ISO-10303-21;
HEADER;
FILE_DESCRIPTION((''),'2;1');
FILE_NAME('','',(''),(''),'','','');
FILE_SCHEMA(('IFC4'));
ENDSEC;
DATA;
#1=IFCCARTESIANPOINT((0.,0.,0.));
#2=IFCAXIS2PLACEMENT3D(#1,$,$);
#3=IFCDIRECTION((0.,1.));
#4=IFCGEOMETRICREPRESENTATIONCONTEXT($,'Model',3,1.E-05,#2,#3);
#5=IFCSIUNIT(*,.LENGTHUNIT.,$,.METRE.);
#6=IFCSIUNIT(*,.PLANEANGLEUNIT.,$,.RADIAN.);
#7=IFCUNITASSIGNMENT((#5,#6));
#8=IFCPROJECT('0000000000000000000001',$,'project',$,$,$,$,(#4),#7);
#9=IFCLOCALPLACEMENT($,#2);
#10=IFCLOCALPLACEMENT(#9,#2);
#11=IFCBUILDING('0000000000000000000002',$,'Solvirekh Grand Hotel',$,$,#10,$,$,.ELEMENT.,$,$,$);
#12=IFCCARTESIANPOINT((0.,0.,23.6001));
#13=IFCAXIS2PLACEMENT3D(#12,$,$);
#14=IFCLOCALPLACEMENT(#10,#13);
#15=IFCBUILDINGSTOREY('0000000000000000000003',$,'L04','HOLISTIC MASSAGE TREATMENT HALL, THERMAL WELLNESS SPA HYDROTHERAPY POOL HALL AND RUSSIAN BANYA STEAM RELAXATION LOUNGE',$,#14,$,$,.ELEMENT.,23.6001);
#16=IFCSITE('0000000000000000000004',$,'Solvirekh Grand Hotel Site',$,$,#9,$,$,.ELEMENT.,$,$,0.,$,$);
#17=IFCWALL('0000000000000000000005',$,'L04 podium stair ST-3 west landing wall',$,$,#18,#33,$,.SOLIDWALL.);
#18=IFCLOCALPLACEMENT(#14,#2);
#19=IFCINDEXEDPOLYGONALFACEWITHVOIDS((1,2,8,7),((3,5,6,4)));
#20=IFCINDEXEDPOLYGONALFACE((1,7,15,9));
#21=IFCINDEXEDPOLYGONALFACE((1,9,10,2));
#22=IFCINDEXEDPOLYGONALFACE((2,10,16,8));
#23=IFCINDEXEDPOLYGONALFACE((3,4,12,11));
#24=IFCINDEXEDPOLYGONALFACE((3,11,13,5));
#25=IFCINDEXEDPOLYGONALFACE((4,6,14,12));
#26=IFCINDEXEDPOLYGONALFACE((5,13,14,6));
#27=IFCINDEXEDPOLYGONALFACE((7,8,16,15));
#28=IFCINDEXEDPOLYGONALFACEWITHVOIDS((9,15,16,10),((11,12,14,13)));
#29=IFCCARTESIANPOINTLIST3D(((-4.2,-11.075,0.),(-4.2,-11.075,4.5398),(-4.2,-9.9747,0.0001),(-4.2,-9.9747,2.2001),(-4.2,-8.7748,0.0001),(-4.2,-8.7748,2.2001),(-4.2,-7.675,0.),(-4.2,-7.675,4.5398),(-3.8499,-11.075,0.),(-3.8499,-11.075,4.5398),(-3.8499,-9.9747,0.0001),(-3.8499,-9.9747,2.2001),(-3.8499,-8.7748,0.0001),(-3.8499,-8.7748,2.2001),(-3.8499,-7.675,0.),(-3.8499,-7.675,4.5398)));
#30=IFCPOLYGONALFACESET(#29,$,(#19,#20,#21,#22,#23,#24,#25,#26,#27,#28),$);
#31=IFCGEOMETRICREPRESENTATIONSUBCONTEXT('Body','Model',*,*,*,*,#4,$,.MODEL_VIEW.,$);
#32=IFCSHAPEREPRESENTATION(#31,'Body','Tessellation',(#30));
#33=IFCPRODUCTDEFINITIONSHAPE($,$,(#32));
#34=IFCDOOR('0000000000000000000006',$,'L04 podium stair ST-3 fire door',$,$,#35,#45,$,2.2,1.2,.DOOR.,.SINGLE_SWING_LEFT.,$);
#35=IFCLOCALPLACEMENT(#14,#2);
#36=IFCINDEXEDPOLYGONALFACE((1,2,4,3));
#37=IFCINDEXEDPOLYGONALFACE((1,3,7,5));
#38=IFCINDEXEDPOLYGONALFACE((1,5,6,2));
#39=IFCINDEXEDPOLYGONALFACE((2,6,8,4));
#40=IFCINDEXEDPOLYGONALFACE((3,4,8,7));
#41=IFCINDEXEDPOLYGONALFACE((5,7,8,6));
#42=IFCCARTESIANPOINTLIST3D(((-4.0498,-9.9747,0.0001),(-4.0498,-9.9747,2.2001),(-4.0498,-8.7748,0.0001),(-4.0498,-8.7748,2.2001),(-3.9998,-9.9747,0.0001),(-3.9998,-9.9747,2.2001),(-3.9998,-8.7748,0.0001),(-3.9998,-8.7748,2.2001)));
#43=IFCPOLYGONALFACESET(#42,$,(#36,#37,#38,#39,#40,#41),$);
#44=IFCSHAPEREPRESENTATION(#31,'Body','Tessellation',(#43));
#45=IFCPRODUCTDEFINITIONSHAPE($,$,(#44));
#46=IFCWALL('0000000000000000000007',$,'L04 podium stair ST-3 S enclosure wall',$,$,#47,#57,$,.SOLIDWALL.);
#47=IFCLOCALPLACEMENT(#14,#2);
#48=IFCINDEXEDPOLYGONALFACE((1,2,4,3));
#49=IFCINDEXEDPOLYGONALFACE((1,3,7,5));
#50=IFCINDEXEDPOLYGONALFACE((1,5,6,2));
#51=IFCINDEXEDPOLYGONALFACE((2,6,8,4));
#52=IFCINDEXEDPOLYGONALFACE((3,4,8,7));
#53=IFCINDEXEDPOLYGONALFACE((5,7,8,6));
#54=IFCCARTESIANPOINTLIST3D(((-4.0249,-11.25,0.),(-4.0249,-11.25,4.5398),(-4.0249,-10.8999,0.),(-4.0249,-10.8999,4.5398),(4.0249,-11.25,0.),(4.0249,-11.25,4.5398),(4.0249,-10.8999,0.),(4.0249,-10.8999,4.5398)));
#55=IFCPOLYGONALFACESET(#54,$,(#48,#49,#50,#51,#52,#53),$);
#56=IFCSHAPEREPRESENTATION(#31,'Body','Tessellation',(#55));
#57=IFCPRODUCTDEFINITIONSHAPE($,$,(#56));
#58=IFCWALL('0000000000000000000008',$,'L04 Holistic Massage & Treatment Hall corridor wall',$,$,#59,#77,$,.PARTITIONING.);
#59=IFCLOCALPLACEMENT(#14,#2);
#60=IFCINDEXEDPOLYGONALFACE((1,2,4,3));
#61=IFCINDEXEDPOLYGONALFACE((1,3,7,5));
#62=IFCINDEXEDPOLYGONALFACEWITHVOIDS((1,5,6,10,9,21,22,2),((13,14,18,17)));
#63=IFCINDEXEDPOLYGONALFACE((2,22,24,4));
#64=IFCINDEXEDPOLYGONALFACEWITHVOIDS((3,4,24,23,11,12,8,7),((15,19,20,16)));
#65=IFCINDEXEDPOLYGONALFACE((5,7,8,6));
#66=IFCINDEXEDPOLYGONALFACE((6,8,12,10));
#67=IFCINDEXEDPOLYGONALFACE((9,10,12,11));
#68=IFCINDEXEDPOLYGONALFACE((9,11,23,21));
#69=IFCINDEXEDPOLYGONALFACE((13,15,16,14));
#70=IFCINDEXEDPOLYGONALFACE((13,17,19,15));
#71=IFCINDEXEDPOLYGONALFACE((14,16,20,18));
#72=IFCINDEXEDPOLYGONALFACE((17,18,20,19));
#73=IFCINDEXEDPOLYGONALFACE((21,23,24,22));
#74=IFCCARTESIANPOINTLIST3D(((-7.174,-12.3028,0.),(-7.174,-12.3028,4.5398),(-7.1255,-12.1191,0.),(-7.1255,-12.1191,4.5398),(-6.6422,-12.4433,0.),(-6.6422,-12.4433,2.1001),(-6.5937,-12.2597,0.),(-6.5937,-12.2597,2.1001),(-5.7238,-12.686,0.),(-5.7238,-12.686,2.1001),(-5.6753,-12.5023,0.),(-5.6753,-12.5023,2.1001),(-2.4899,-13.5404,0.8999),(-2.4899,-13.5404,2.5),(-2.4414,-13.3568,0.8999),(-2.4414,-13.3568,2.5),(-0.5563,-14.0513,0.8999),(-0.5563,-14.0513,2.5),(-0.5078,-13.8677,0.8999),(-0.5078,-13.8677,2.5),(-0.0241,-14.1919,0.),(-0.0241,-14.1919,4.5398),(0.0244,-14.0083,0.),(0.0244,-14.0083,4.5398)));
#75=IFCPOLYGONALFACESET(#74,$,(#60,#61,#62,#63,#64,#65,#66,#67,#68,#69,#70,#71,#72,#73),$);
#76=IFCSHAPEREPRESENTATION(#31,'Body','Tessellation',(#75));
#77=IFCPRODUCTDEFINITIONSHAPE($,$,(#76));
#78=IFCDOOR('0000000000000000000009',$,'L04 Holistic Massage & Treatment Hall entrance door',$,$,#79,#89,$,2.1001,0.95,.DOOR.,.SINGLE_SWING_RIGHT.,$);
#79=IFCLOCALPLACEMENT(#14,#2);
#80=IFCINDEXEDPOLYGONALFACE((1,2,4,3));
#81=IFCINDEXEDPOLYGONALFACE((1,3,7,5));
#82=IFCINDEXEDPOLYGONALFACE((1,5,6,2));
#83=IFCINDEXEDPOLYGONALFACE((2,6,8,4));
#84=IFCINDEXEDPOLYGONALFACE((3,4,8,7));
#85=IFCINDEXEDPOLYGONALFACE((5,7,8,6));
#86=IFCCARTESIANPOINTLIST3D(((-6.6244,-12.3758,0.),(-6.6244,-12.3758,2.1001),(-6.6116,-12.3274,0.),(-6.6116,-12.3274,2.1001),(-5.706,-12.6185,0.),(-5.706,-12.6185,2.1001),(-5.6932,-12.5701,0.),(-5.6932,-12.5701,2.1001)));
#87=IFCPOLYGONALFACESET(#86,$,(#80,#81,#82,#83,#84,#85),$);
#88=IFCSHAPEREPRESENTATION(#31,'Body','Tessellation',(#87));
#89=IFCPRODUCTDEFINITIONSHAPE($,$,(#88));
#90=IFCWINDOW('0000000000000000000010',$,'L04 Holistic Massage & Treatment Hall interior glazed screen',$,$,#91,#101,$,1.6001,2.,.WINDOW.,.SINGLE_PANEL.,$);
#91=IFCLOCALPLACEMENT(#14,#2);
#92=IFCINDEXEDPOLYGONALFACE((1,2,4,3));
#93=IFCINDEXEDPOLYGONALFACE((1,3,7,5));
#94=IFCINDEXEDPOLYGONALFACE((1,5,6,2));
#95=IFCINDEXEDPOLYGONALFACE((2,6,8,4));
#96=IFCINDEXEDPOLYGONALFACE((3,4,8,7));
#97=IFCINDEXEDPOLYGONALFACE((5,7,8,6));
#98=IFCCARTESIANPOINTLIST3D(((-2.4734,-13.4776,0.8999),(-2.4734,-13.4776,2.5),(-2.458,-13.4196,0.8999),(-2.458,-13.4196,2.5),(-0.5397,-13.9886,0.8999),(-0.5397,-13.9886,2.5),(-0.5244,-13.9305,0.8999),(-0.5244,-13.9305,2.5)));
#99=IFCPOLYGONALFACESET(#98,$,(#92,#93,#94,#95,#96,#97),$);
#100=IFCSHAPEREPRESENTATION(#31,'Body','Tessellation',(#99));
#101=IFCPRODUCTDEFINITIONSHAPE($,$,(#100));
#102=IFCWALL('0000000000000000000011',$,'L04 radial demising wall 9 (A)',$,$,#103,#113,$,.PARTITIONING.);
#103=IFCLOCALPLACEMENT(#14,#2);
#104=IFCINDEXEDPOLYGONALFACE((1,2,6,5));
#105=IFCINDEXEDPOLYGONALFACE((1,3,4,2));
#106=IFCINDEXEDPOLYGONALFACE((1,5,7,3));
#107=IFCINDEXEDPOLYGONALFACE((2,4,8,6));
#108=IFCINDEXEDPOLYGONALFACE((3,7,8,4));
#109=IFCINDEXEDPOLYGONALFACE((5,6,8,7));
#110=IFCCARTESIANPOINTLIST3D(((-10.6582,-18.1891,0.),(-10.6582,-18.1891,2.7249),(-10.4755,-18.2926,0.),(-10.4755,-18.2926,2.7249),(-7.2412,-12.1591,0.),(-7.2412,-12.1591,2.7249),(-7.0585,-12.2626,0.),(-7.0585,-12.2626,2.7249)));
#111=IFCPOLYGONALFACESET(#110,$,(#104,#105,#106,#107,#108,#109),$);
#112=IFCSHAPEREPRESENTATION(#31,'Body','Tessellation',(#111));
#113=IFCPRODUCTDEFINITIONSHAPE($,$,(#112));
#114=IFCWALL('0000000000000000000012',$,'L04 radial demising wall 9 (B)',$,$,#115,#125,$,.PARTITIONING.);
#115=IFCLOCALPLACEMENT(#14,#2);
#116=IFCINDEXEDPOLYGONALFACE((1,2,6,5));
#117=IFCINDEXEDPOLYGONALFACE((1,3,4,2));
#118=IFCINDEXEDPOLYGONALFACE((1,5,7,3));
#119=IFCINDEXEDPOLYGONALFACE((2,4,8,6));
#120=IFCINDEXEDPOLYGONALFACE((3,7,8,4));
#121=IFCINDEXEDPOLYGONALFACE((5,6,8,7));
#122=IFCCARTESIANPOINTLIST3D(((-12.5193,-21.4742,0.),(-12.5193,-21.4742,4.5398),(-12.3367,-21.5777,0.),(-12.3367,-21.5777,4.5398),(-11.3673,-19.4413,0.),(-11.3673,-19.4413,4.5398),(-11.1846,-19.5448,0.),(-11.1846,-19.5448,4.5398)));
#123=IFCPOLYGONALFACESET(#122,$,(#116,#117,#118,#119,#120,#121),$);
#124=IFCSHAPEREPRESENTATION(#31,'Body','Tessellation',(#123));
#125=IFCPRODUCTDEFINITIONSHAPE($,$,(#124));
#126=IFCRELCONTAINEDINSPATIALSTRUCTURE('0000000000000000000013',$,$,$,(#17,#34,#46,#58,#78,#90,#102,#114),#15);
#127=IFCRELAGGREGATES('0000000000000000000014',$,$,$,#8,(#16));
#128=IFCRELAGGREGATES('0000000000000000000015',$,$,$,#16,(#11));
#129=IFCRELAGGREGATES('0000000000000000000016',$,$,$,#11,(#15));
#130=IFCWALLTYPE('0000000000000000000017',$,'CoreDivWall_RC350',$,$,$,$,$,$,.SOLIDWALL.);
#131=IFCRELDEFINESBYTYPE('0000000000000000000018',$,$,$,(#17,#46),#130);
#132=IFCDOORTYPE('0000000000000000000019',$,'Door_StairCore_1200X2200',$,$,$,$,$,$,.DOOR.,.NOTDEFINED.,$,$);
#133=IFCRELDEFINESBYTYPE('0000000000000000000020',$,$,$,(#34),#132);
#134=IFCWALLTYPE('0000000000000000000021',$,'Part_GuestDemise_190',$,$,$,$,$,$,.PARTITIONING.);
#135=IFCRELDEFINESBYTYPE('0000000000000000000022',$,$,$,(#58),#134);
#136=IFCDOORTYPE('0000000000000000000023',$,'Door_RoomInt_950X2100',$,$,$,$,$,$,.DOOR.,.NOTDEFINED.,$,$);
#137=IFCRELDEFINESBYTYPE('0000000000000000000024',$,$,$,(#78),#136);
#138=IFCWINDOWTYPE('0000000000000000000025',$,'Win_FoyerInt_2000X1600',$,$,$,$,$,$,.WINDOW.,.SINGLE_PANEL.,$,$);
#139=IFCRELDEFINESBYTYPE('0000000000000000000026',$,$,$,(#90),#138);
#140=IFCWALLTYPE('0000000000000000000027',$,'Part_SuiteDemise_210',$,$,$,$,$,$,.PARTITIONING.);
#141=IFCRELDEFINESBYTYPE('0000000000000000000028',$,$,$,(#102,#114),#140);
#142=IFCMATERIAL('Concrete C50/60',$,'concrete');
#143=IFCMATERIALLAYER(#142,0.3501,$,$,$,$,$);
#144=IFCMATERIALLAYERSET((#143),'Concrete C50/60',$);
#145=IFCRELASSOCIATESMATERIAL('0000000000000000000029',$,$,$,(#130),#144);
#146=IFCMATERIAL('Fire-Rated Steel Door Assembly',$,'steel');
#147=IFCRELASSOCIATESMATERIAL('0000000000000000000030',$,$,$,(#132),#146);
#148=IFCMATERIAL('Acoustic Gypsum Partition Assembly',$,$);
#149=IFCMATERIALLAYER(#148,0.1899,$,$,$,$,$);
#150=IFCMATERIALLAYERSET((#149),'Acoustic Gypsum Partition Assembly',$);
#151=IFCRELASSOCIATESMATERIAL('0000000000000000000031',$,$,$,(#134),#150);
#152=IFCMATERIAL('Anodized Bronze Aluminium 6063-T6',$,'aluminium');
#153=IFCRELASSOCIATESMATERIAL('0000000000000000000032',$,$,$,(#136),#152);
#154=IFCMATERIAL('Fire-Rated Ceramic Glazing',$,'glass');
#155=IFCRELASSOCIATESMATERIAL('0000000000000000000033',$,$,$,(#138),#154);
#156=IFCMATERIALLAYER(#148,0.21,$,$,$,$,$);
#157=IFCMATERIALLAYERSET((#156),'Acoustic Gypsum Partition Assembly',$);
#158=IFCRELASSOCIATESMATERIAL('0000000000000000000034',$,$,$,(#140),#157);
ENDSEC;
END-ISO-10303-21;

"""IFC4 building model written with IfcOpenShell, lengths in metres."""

from ifc_helpers import new_model, si_unit, direction, frame, frame_2d, origin, place, context, subcontext, project, spatial, rectangle, extrude, material, layer, layer_set, type_object, element, fill, save


model = new_model("IFC4")

# Units and contexts
model_context = context("Model", 3, precision=1e-05, world=origin(), true_north=direction((0.0, 1.0)))
body_context = subcontext(model_context, "Body", "Model", "MODEL_VIEW")
ifc_project = project(units=[si_unit("LENGTHUNIT", "METRE"), si_unit("PLANEANGLEUNIT", "RADIAN")], contexts=[model_context])

# Site, building, storey
site_placement = place(None, origin())
site = spatial("IfcSite", under=ifc_project, at=site_placement, Name="Solvirekh Grand Hotel Site", CompositionType="ELEMENT", RefElevation=0.0)
building_placement = place(site_placement, origin())
building = spatial("IfcBuilding", under=site, at=building_placement, Name="Solvirekh Grand Hotel", CompositionType="ELEMENT")
storey_placement = place(building_placement, frame((0.0, 0.0, 23.6001)))
storey = spatial("IfcBuildingStorey", under=building, at=storey_placement, Name="L04", Description="HOLISTIC MASSAGE TREATMENT HALL, THERMAL WELLNESS SPA HYDROTHERAPY POOL HALL AND RUSSIAN BANYA STEAM RELAXATION LOUNGE", CompositionType="ELEMENT", Elevation=23.6001)

# Shared definitions
ifc_material_1 = material(Name="Anodized Bronze Aluminium 6063-T6", Category="aluminium")

# Wall, opening, door
ifc_material_2 = material(Name="Concrete C50/60", Category="concrete")
ifc_layer_1 = layer(ifc_material_2, 0.3501)
ifc_layer_set_1 = layer_set([ifc_layer_1], Name="Concrete C50/60")
wall_type_1 = type_object("IfcWallType", Name="CoreDivWall_RC350", PredefinedType="SOLIDWALL", material=ifc_layer_set_1)
wall_1_placement = place(storey_placement, frame((-4.0249, -11.075, 0.0), z_axis=(0.0, 0.0, 1.0), x_axis=(0.0, 1.0, 0.0)))
wall_1 = element("IfcWall", 1, at=wall_1_placement, inside=storey, type_object=wall_type_1, Name="L04 podium stair ST-3 west landing wall", PredefinedType="SOLIDWALL", context=body_context, shape_type="SweptSolid", body=[
    extrude(rectangle(XDim=3.3999, YDim=0.3501, at=frame_2d((1.7, 0.0))), origin(), (0.0, 0.0, 1.0), 4.5398),
])
opening_1_placement = place(wall_1_placement, frame((1.1001, 0.0, 0.0)))
opening_1 = element("IfcOpeningElement", 2, at=opening_1_placement, cuts=wall_1, PredefinedType="OPENING", context=body_context, shape_type="SweptSolid", body=[
    extrude(rectangle(XDim=1.2, YDim=2.2, at=frame_2d((0.6001, 1.1001))), frame((0.0, 0.1851, 0.0), z_axis=(0.0, -1.0, 0.0), x_axis=(1.0, 0.0, 0.0)), (0.0, 0.0, 1.0), 0.3701),
])
ifc_material_3 = material(Name="Fire-Rated Steel Door Assembly", Category="steel")
door_type_1 = type_object("IfcDoorType", Name="Door_StairCore_1200X2200", OperationType="NOTDEFINED", PredefinedType="DOOR", material=ifc_material_3)
door_1_placement = place(opening_1_placement, origin())
door_1 = element("IfcDoor", 3, at=door_1_placement, inside=storey, type_object=door_type_1, Name="L04 podium stair ST-3 fire door", OperationType="SINGLE_SWING_LEFT", OverallHeight=2.2, OverallWidth=1.2, PredefinedType="DOOR", context=body_context, shape_type="SweptSolid", body=[
    extrude(rectangle(XDim=1.2, YDim=2.2, at=frame_2d((0.6001, 1.1001))), frame((0.0, 0.0249, 0.0), z_axis=(0.0, -1.0, 0.0), x_axis=(1.0, 0.0, 0.0)), (0.0, 0.0, 1.0), 0.05),
])
fill(opening_1, door_1)

# Wall
wall_2_placement = place(storey_placement, frame((-4.0249, -11.075, 0.0), z_axis=(0.0, 0.0, 1.0), x_axis=(1.0, 0.0, 0.0)))
element("IfcWall", 4, at=wall_2_placement, inside=storey, type_object=wall_type_1, Name="L04 podium stair ST-3 S enclosure wall", PredefinedType="SOLIDWALL", context=body_context, shape_type="SweptSolid", body=[
    extrude(rectangle(XDim=8.0498, YDim=0.3501, at=frame_2d((4.0249, 0.0))), origin(), (0.0, 0.0, 1.0), 4.5398),
])

# Wall, openings, door, window
ifc_material_4 = material(Name="Acoustic Gypsum Partition Assembly")
ifc_layer_2 = layer(ifc_material_4, 0.1899)
ifc_layer_set_2 = layer_set([ifc_layer_2], Name="Acoustic Gypsum Partition Assembly")
wall_type_2 = type_object("IfcWallType", Name="Part_GuestDemise_190", PredefinedType="PARTITIONING", material=ifc_layer_set_2)
wall_3_placement = place(storey_placement, frame((-7.1499, -12.2109, 0.0), z_axis=(0.0, 0.0, 1.0), x_axis=(0.966821, -0.255455, 0.0)))
wall_3 = element("IfcWall", 5, at=wall_3_placement, inside=storey, type_object=wall_type_2, Name="L04 Holistic Massage & Treatment Hall corridor wall", PredefinedType="PARTITIONING", context=body_context, shape_type="SweptSolid", body=[
    extrude(rectangle(XDim=7.3953, YDim=0.1899, at=frame_2d((3.6978, 0.0))), origin(), (0.0, 0.0, 1.0), 4.5398),
])
opening_2_placement = place(wall_3_placement, frame((0.55, 0.0, 0.0)))
opening_2 = element("IfcOpeningElement", 6, at=opening_2_placement, cuts=wall_3, PredefinedType="OPENING", context=body_context, shape_type="SweptSolid", body=[
    extrude(rectangle(XDim=0.95, YDim=2.1001, at=frame_2d((0.4751, 1.05))), frame((0.0, 0.105, 0.0), z_axis=(0.0, -1.0, 0.0), x_axis=(1.0, 0.0, 0.0)), (0.0, 0.0, 1.0), 0.21),
])
opening_3_placement = place(wall_3_placement, frame((4.845, 0.0, 0.8999)))
opening_3 = element("IfcOpeningElement", 7, at=opening_3_placement, cuts=wall_3, PredefinedType="OPENING", context=body_context, shape_type="SweptSolid", body=[
    extrude(rectangle(XDim=2.0, YDim=1.6001, at=frame_2d((1.0, 0.8))), frame((0.0, 0.105, 0.0), z_axis=(0.0, -1.0, 0.0), x_axis=(1.0, 0.0, 0.0)), (0.0, 0.0, 1.0), 0.21),
])
door_type_2 = type_object("IfcDoorType", Name="Door_RoomInt_950X2100", OperationType="NOTDEFINED", PredefinedType="DOOR", material=ifc_material_1)
door_2_placement = place(opening_2_placement, origin())
door_2 = element("IfcDoor", 8, at=door_2_placement, inside=storey, type_object=door_type_2, Name="L04 Holistic Massage & Treatment Hall entrance door", OperationType="SINGLE_SWING_RIGHT", OverallHeight=2.1001, OverallWidth=0.95, PredefinedType="DOOR", context=body_context, shape_type="SweptSolid", body=[
    extrude(rectangle(XDim=0.95, YDim=2.1001, at=frame_2d((0.4751, 1.05))), frame((0.0, 0.0249, 0.0), z_axis=(0.0, -1.0, 0.0), x_axis=(1.0, 0.0, 0.0)), (0.0, 0.0, 1.0), 0.05),
])
fill(opening_2, door_2)
ifc_material_5 = material(Name="Fire-Rated Ceramic Glazing", Category="glass")
window_type = type_object("IfcWindowType", Name="Win_FoyerInt_2000X1600", PartitioningType="SINGLE_PANEL", PredefinedType="WINDOW", material=ifc_material_5)
window_placement = place(opening_3_placement, origin())
window = element("IfcWindow", 9, at=window_placement, inside=storey, type_object=window_type, Name="L04 Holistic Massage & Treatment Hall interior glazed screen", OverallHeight=1.6001, OverallWidth=2.0, PartitioningType="SINGLE_PANEL", PredefinedType="WINDOW", context=body_context, shape_type="SweptSolid", body=[
    extrude(rectangle(XDim=2.0, YDim=1.6001, at=frame_2d((1.0, 0.8))), frame((0.0, 0.03, 0.0), z_axis=(0.0, -1.0, 0.0), x_axis=(1.0, 0.0, 0.0)), (0.0, 0.0, 1.0), 0.0601),
])
fill(opening_3, window)

# Walls
ifc_layer_3 = layer(ifc_material_4, 0.21)
ifc_layer_set_3 = layer_set([ifc_layer_3], Name="Acoustic Gypsum Partition Assembly")
wall_type_3 = type_object("IfcWallType", Name="Part_SuiteDemise_210", PredefinedType="PARTITIONING", material=ifc_layer_set_3)
wall_4_placement = place(storey_placement, frame((-7.1499, -12.2109, 0.0), z_axis=(0.0, 0.0, 1.0), x_axis=(-0.49301, -0.870024, 0.0)))
element("IfcWall", 10, at=wall_4_placement, inside=storey, type_object=wall_type_3, Name="L04 radial demising wall 9 (A)", PredefinedType="PARTITIONING", context=body_context, shape_type="SweptSolid", body=[
    extrude(rectangle(XDim=6.9309, YDim=0.21, at=frame_2d((3.4653, 0.0))), origin(), (0.0, 0.0, 1.0), 2.7249),
])
wall_5_placement = place(storey_placement, frame((-11.2759, -19.4929, 0.0), z_axis=(0.0, 0.0, 1.0), x_axis=(-0.493042, -0.870006, 0.0)))
element("IfcWall", 11, at=wall_5_placement, inside=storey, type_object=wall_type_3, Name="L04 radial demising wall 9 (B)", PredefinedType="PARTITIONING", context=body_context, shape_type="SweptSolid", body=[
    extrude(rectangle(XDim=2.3367, YDim=0.21, at=frame_2d((1.1685, 0.0))), origin(), (0.0, 0.0, 1.0), 4.5398),
])

save(model, "model.ifc")
